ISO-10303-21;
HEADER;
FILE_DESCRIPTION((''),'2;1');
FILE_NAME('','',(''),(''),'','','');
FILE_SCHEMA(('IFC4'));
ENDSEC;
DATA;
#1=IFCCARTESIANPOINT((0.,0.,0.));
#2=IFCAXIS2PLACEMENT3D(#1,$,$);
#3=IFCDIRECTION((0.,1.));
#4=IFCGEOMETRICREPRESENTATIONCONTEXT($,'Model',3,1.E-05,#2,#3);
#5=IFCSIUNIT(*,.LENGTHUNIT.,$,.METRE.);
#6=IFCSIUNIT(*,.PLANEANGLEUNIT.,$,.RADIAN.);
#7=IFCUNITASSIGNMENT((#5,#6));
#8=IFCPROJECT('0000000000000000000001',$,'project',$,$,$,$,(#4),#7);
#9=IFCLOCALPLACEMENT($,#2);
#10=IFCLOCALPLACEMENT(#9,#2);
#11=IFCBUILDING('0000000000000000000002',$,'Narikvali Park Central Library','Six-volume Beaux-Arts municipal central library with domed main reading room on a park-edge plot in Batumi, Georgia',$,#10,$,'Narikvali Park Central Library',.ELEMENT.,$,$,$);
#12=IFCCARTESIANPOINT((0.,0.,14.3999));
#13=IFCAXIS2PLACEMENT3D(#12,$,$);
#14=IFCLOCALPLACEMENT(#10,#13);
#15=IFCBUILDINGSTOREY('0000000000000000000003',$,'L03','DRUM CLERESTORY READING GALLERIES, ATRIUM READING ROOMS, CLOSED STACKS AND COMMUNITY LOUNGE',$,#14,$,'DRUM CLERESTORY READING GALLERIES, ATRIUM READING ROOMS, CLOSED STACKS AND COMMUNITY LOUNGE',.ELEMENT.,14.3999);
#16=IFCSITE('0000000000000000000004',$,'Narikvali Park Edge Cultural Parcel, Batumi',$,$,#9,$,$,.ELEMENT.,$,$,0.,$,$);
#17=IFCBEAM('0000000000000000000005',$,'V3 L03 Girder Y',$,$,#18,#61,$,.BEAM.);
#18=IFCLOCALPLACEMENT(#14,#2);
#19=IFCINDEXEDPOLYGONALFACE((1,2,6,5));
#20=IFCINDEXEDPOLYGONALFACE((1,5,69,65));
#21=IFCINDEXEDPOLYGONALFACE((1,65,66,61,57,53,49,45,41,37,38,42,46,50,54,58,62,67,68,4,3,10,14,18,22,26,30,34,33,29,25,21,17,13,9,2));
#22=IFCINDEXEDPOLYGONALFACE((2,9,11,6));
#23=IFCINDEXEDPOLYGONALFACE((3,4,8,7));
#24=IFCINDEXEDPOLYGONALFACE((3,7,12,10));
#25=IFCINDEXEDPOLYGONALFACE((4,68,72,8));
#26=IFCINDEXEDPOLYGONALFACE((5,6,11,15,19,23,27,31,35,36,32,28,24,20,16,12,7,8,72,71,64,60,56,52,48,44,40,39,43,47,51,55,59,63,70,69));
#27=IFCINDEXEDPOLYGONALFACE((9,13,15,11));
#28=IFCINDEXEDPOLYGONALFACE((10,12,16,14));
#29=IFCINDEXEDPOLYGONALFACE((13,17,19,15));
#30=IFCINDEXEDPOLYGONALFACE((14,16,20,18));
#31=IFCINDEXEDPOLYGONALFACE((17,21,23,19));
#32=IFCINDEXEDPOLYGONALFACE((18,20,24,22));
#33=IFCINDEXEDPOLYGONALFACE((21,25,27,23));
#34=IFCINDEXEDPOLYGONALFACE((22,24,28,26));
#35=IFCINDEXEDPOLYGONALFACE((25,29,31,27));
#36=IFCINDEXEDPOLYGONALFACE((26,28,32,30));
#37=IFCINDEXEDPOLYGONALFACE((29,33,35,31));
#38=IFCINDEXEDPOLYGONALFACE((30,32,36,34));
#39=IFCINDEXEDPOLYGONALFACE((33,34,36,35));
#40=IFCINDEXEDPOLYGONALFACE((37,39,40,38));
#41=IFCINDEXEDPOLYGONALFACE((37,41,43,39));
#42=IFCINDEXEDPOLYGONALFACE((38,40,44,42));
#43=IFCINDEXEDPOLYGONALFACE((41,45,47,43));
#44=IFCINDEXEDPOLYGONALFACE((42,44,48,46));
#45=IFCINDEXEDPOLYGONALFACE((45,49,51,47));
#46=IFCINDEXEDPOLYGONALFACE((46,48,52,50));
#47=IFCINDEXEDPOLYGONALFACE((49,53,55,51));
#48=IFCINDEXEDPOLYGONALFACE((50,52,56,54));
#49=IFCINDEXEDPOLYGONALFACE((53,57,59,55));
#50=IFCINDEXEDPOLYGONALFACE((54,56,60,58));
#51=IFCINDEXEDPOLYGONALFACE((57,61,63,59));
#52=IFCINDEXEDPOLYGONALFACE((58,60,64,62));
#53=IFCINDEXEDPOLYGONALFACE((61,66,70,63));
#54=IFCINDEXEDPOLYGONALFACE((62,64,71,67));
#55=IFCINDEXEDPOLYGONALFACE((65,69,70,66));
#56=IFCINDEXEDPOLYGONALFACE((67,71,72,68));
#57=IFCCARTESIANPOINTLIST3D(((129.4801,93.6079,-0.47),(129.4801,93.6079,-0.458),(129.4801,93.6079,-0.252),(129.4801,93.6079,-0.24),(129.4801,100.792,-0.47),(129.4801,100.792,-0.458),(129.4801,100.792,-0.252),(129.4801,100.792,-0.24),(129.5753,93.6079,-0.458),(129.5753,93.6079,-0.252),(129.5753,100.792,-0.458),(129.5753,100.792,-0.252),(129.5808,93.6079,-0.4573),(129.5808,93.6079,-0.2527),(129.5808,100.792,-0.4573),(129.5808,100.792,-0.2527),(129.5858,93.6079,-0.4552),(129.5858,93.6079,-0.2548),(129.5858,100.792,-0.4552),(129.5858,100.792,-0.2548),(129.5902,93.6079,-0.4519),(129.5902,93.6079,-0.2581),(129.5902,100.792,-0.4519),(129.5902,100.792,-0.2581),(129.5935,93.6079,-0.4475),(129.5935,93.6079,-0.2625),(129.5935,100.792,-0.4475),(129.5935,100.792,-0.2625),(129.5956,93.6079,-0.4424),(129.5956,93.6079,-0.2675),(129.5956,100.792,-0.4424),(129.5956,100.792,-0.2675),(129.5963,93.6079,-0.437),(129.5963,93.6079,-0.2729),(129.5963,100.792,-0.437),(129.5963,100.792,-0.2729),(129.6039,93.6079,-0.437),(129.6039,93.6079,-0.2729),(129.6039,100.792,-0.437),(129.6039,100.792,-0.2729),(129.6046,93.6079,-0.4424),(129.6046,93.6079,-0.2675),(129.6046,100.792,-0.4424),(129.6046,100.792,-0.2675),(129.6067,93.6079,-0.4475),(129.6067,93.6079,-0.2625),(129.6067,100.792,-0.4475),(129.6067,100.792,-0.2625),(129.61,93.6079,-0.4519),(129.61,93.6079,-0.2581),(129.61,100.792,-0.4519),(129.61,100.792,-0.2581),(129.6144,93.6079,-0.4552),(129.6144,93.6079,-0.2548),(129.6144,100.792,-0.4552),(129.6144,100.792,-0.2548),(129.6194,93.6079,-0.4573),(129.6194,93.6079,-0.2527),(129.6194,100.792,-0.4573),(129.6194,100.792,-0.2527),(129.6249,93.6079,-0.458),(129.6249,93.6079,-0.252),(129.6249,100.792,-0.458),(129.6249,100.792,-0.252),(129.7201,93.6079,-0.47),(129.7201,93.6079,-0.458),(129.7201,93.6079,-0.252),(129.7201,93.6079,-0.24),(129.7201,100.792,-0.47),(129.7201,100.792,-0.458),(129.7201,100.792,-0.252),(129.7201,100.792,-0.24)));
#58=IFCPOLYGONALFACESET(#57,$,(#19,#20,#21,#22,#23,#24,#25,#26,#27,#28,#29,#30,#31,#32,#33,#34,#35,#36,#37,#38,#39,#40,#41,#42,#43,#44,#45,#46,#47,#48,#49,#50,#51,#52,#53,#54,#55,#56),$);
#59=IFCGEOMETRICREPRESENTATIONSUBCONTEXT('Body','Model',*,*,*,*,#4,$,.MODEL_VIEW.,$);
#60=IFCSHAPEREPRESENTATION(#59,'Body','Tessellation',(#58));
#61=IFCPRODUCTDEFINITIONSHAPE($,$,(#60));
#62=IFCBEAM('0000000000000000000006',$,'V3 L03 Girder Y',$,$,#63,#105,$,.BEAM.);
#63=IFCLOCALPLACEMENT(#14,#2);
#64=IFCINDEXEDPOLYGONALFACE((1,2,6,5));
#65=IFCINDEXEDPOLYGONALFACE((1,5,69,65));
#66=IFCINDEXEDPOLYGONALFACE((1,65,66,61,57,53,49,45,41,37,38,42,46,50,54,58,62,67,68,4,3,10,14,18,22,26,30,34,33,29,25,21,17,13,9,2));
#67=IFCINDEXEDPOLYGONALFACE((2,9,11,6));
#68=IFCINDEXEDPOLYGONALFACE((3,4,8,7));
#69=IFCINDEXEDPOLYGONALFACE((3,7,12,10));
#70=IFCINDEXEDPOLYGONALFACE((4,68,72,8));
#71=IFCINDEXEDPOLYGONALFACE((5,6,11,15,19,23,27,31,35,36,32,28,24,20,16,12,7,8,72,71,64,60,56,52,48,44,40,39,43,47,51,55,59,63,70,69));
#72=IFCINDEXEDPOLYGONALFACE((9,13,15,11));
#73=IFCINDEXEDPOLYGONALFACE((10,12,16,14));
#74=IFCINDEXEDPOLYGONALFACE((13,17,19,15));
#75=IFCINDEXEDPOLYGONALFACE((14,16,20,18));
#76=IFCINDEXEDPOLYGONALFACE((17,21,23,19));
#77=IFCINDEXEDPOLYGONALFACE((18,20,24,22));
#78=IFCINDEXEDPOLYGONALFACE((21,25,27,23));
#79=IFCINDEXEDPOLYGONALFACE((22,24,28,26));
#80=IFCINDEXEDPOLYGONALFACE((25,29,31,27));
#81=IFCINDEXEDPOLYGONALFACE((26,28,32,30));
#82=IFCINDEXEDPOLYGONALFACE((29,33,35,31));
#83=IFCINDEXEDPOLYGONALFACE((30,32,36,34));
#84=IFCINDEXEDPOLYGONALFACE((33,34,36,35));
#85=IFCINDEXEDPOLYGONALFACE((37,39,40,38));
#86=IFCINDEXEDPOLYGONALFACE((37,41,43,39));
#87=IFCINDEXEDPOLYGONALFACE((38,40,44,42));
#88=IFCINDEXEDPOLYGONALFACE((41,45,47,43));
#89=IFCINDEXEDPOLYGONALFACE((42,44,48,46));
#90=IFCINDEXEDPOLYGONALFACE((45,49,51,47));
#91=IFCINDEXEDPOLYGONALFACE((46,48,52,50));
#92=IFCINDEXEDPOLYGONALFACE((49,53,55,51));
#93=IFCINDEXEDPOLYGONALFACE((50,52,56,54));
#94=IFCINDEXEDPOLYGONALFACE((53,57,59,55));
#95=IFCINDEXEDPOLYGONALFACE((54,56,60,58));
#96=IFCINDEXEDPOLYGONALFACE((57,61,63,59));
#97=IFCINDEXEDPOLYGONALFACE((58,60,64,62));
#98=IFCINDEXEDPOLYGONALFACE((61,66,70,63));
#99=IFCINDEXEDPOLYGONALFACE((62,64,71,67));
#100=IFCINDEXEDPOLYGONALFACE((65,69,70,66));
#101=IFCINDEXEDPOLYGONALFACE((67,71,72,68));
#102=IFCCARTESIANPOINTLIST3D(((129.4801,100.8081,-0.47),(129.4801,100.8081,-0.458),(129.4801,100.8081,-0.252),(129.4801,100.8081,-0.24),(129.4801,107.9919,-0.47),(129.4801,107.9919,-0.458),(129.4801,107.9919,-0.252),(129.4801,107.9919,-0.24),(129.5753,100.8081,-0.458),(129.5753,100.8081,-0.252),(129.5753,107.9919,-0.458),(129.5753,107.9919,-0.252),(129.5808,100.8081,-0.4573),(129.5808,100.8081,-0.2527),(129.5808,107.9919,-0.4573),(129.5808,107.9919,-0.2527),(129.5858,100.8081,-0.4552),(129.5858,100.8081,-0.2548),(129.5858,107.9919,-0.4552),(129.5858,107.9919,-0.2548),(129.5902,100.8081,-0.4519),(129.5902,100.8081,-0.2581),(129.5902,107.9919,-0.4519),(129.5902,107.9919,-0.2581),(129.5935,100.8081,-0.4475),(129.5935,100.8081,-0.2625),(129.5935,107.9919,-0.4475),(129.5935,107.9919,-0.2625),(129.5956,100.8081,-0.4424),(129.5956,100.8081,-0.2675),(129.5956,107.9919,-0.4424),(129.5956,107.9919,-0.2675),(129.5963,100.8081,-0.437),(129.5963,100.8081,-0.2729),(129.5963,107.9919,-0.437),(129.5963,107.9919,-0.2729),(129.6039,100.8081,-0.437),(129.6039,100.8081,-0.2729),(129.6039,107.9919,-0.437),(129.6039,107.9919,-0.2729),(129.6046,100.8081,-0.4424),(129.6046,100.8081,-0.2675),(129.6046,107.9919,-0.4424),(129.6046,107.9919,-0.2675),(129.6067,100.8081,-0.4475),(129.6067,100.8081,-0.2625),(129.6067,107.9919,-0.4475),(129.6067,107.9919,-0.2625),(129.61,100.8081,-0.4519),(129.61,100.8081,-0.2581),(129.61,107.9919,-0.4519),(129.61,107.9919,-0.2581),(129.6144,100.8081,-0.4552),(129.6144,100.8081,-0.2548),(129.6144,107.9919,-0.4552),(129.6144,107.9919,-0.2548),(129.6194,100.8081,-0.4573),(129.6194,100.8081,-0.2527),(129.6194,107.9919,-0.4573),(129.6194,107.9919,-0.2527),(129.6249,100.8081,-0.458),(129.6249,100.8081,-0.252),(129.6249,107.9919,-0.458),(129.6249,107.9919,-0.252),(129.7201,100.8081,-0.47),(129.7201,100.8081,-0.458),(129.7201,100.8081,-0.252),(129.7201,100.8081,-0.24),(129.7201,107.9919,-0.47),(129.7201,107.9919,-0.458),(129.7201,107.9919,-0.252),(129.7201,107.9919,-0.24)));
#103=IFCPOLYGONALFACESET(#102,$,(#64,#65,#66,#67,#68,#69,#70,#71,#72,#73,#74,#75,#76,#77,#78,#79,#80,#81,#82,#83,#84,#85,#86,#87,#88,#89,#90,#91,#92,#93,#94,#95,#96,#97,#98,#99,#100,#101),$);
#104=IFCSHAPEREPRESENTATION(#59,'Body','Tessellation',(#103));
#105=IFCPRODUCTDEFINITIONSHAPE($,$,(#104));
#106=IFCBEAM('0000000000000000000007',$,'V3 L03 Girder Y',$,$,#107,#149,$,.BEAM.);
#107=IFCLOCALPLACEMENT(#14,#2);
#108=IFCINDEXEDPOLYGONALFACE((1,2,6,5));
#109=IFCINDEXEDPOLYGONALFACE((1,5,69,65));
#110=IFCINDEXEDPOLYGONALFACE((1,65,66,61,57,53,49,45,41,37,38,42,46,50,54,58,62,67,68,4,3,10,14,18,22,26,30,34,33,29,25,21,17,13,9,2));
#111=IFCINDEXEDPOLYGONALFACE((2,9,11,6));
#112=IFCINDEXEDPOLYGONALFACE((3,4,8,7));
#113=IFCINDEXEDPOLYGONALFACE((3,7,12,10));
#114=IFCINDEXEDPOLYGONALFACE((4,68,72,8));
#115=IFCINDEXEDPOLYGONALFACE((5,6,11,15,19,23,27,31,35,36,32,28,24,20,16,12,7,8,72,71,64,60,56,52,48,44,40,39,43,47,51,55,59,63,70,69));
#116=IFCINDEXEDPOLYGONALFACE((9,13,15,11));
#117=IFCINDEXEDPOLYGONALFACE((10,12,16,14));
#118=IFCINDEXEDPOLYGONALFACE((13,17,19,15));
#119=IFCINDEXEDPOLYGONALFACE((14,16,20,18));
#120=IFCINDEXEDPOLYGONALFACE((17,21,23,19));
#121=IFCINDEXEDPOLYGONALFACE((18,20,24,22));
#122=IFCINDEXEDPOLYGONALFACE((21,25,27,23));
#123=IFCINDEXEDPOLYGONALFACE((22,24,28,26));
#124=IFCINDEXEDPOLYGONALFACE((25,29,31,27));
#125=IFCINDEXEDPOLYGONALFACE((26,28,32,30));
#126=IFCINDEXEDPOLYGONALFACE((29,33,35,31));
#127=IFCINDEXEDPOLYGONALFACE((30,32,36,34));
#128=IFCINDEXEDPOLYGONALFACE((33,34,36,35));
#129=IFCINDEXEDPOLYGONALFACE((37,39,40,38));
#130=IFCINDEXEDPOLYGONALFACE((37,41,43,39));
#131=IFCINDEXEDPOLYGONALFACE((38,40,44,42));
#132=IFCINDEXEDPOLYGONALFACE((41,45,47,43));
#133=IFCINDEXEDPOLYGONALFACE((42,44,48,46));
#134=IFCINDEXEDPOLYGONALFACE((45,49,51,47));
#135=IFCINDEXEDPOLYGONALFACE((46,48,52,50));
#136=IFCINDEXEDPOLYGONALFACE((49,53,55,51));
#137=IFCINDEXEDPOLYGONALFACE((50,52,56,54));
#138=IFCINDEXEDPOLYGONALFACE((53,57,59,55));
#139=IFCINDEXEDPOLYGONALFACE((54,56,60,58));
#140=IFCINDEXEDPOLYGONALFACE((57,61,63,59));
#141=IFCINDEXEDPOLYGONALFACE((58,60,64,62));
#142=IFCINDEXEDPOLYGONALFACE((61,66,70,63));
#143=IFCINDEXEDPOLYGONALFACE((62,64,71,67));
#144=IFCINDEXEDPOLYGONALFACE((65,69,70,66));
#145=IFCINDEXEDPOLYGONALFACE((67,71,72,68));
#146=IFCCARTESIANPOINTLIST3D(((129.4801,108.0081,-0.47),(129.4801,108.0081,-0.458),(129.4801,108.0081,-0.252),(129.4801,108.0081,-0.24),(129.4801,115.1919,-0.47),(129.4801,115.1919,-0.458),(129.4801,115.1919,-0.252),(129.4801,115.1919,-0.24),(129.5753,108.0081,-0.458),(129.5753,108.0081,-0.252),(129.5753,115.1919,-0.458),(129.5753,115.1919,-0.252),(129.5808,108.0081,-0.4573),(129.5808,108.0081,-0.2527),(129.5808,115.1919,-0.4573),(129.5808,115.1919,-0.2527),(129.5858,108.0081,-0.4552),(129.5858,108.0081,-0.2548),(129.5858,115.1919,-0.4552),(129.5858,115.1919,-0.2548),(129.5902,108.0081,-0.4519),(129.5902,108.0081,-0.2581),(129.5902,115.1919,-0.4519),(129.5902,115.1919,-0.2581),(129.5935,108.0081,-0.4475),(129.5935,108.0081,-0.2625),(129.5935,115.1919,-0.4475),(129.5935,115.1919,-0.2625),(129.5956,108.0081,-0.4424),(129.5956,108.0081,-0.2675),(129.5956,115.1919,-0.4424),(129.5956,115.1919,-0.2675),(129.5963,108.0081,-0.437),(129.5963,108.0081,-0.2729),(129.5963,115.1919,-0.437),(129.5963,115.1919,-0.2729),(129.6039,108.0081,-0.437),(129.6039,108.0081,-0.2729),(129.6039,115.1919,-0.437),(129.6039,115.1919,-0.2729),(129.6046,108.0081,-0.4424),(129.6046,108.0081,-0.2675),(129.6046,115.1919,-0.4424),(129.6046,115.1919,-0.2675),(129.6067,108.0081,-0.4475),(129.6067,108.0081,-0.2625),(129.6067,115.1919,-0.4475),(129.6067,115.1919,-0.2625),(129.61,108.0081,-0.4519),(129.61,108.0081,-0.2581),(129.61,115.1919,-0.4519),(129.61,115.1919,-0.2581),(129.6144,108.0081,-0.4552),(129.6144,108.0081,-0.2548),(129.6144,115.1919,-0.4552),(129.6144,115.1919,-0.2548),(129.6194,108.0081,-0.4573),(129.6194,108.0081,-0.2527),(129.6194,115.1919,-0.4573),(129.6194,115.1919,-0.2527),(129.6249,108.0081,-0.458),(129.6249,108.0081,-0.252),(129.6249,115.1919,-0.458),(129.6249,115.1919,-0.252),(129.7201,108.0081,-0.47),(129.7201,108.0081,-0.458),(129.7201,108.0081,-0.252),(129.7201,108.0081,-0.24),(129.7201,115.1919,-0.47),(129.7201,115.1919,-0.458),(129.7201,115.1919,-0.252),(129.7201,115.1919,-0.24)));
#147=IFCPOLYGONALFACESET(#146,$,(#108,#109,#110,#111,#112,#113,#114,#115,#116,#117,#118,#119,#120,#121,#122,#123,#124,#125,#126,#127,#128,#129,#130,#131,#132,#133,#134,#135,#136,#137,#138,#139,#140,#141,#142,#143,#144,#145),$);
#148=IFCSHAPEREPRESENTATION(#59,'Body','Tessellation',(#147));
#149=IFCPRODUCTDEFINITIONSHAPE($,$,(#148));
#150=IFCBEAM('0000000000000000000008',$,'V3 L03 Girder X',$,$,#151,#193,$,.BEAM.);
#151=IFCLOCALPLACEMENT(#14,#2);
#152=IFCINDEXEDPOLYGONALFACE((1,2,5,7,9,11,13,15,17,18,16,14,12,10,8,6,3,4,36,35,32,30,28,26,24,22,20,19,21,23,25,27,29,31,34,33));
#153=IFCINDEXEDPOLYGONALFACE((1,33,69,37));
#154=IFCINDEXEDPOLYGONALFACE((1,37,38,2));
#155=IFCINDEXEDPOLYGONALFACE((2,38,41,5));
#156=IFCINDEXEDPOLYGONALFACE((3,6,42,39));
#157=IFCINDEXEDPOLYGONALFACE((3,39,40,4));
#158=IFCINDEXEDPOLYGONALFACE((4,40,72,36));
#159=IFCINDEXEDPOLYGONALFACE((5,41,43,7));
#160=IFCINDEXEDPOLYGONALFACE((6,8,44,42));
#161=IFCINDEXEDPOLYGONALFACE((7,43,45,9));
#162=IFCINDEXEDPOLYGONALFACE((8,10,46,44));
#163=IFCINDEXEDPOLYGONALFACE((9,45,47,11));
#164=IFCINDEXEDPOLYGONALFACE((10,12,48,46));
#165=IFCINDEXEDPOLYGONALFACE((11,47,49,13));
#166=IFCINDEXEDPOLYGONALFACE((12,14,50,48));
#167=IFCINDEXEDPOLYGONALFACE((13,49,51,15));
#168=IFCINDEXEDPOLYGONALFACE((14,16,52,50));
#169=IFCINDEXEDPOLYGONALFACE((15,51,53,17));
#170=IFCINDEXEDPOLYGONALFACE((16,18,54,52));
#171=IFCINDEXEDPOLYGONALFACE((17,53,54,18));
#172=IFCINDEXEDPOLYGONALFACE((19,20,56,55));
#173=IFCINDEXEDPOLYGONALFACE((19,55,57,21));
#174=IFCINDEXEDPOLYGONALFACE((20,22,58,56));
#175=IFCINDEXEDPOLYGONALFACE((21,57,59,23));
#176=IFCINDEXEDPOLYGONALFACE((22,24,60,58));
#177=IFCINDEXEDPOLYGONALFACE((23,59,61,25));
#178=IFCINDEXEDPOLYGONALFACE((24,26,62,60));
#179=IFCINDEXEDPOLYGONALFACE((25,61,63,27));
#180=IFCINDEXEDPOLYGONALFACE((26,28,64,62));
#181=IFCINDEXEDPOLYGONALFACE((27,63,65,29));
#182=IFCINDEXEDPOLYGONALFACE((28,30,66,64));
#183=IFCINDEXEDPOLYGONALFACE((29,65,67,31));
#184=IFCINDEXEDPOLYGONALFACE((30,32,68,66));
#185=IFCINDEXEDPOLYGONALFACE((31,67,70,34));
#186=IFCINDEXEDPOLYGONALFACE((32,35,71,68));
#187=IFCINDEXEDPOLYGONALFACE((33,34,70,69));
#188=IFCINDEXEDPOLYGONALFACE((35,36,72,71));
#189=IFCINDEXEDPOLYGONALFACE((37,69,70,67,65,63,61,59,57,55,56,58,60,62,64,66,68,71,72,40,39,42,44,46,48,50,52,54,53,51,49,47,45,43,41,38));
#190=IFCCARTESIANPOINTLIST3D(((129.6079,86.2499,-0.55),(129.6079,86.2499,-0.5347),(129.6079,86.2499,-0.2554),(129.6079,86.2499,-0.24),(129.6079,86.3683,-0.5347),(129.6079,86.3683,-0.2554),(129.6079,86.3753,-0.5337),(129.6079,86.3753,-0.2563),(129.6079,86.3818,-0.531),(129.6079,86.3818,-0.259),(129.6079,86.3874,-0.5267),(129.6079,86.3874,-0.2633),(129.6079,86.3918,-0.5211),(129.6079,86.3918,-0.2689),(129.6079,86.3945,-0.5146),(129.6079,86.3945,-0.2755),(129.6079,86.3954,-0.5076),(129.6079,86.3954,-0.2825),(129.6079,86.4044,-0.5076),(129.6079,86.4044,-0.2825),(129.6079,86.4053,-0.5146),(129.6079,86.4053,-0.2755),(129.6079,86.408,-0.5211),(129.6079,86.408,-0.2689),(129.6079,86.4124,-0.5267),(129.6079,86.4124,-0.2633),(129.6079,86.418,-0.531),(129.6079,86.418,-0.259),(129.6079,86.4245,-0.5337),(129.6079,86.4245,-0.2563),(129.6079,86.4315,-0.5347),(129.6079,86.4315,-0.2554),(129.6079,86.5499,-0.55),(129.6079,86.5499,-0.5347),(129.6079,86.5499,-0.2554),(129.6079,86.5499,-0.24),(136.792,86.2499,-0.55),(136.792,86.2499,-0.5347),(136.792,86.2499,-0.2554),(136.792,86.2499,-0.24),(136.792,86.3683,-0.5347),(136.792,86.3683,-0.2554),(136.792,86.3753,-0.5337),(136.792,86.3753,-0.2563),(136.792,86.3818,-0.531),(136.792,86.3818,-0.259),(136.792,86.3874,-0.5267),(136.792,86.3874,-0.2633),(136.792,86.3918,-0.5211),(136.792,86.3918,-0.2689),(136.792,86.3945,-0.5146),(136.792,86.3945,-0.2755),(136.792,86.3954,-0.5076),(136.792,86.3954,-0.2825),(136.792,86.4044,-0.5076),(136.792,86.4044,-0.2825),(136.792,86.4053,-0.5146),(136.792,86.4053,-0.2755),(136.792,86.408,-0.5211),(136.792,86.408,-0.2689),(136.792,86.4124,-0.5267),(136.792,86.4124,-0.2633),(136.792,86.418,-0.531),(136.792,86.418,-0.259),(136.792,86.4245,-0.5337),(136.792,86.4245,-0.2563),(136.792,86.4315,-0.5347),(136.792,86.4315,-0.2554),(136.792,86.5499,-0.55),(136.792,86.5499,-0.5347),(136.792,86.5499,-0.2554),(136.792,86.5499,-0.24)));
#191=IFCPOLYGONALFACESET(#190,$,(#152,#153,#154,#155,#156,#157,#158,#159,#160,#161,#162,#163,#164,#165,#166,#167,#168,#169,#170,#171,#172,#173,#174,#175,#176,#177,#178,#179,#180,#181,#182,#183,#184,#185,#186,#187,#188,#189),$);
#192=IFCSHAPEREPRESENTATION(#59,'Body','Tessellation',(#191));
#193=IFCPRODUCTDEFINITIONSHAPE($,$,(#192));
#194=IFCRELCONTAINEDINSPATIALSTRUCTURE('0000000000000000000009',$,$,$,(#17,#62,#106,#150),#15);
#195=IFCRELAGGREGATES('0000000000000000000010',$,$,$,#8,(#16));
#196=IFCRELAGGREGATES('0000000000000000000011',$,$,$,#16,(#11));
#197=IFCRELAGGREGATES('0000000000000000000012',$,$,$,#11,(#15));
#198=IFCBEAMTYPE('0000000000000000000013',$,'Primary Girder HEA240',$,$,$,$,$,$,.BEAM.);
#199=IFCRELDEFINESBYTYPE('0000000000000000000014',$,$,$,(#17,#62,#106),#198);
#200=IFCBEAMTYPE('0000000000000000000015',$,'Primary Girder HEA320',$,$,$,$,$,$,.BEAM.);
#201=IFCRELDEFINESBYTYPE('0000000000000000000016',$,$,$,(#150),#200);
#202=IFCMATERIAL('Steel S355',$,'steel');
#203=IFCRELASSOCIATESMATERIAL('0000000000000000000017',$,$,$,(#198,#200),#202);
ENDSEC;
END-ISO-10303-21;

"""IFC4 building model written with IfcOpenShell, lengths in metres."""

from ifc_helpers import new_model, si_unit, direction, frame, origin, origin_2d, place, context, subcontext, project, spatial, i_section, extrude, material, material_profile, profile_set, type_object, element, save


model = new_model("IFC4")

# Units and contexts
model_context = context("Model", 3, precision=1e-05, world=origin(), true_north=direction((0.0, 1.0)))
body_context = subcontext(model_context, "Body", "Model", "MODEL_VIEW")
ifc_project = project(units=[si_unit("LENGTHUNIT", "METRE"), si_unit("PLANEANGLEUNIT", "RADIAN")], contexts=[model_context])

# Site, building, storey
site_placement = place(None, origin())
site = spatial("IfcSite", under=ifc_project, at=site_placement, Name="Narikvali Park Edge Cultural Parcel, Batumi", CompositionType="ELEMENT", RefElevation=0.0)
building_placement = place(site_placement, origin())
building = spatial("IfcBuilding", under=site, at=building_placement, Name="Narikvali Park Central Library", Description="Six-volume Beaux-Arts municipal central library with domed main reading room on a park-edge plot in Batumi, Georgia", LongName="Narikvali Park Central Library", CompositionType="ELEMENT")
storey_placement = place(building_placement, frame((0.0, 0.0, 14.3999)))
storey = spatial("IfcBuildingStorey", under=building, at=storey_placement, Name="L03", Description="DRUM CLERESTORY READING GALLERIES, ATRIUM READING ROOMS, CLOSED STACKS AND COMMUNITY LOUNGE", LongName="DRUM CLERESTORY READING GALLERIES, ATRIUM READING ROOMS, CLOSED STACKS AND COMMUNITY LOUNGE", CompositionType="ELEMENT", Elevation=14.3999)

# Shared definitions
ifc_material = material(Name="Steel S355", Category="steel")

# Beams
ifc_material_profile_1 = material_profile(ifc_material, i_section(OverallWidth=0.24, OverallDepth=0.23, WebThickness=0.0076, FlangeThickness=0.012, FilletRadius=0.021, at=origin_2d()), Name="HEA 240")
ifc_profile_set_1 = profile_set([ifc_material_profile_1], Name="Steel S355")
beam_type_1 = type_object("IfcBeamType", Name="Primary Girder HEA240", PredefinedType="BEAM", material=ifc_profile_set_1)
for number, where, z_axis, x_axis, name in (
    (1, (129.6001, 93.6079, -0.355), (0.0, 1.0, 0.0), (-1.0, 0.0, 0.0), "V3 L03 Girder Y"),
):
    element("IfcBeam", number, at=place(storey_placement, frame(where, z_axis=z_axis, x_axis=x_axis)), inside=storey, type_object=beam_type_1, Name=name, PredefinedType="BEAM", context=body_context, shape_type="SweptSolid", body=[
        extrude(i_section(OverallWidth=0.24, OverallDepth=0.23, WebThickness=0.0076, FlangeThickness=0.012, FilletRadius=0.021, at=origin_2d()), origin(), (0.0, 0.0, 1.0), 7.1841),
    ])
for number, where, z_axis, x_axis, name in (
    (2, (129.6001, 100.8081, -0.355), (0.0, 1.0, 0.0), (-1.0, 0.0, 0.0), "V3 L03 Girder Y"),
    (3, (129.6001, 108.0081, -0.355), (0.0, 1.0, 0.0), (-1.0, 0.0, 0.0), "V3 L03 Girder Y"),
):
    element("IfcBeam", number, at=place(storey_placement, frame(where, z_axis=z_axis, x_axis=x_axis)), inside=storey, type_object=beam_type_1, Name=name, PredefinedType="BEAM", context=body_context, shape_type="SweptSolid", body=[
        extrude(i_section(OverallWidth=0.24, OverallDepth=0.23, WebThickness=0.0076, FlangeThickness=0.012, FilletRadius=0.021, at=origin_2d()), origin(), (0.0, 0.0, 1.0), 7.1838),
    ])
ifc_material_profile_2 = material_profile(ifc_material, i_section(OverallWidth=0.3, OverallDepth=0.3101, WebThickness=0.009, FlangeThickness=0.0154, FilletRadius=0.0271, at=origin_2d()), Name="HEA 320")
ifc_profile_set_2 = profile_set([ifc_material_profile_2], Name="Steel S355")
beam_type_2 = type_object("IfcBeamType", Name="Primary Girder HEA320", PredefinedType="BEAM", material=ifc_profile_set_2)
for number, where, z_axis, x_axis, name in (
    (4, (129.6079, 86.3999, -0.395), (1.0, 0.0, 0.0), (0.0, 1.0, 0.0), "V3 L03 Girder X"),
):
    element("IfcBeam", number, at=place(storey_placement, frame(where, z_axis=z_axis, x_axis=x_axis)), inside=storey, type_object=beam_type_2, Name=name, PredefinedType="BEAM", context=body_context, shape_type="SweptSolid", body=[
        extrude(i_section(OverallWidth=0.3, OverallDepth=0.3101, WebThickness=0.009, FlangeThickness=0.0154, FilletRadius=0.0271, at=origin_2d()), origin(), (0.0, 0.0, 1.0), 7.1841),
    ])

save(model, "model.ifc")
